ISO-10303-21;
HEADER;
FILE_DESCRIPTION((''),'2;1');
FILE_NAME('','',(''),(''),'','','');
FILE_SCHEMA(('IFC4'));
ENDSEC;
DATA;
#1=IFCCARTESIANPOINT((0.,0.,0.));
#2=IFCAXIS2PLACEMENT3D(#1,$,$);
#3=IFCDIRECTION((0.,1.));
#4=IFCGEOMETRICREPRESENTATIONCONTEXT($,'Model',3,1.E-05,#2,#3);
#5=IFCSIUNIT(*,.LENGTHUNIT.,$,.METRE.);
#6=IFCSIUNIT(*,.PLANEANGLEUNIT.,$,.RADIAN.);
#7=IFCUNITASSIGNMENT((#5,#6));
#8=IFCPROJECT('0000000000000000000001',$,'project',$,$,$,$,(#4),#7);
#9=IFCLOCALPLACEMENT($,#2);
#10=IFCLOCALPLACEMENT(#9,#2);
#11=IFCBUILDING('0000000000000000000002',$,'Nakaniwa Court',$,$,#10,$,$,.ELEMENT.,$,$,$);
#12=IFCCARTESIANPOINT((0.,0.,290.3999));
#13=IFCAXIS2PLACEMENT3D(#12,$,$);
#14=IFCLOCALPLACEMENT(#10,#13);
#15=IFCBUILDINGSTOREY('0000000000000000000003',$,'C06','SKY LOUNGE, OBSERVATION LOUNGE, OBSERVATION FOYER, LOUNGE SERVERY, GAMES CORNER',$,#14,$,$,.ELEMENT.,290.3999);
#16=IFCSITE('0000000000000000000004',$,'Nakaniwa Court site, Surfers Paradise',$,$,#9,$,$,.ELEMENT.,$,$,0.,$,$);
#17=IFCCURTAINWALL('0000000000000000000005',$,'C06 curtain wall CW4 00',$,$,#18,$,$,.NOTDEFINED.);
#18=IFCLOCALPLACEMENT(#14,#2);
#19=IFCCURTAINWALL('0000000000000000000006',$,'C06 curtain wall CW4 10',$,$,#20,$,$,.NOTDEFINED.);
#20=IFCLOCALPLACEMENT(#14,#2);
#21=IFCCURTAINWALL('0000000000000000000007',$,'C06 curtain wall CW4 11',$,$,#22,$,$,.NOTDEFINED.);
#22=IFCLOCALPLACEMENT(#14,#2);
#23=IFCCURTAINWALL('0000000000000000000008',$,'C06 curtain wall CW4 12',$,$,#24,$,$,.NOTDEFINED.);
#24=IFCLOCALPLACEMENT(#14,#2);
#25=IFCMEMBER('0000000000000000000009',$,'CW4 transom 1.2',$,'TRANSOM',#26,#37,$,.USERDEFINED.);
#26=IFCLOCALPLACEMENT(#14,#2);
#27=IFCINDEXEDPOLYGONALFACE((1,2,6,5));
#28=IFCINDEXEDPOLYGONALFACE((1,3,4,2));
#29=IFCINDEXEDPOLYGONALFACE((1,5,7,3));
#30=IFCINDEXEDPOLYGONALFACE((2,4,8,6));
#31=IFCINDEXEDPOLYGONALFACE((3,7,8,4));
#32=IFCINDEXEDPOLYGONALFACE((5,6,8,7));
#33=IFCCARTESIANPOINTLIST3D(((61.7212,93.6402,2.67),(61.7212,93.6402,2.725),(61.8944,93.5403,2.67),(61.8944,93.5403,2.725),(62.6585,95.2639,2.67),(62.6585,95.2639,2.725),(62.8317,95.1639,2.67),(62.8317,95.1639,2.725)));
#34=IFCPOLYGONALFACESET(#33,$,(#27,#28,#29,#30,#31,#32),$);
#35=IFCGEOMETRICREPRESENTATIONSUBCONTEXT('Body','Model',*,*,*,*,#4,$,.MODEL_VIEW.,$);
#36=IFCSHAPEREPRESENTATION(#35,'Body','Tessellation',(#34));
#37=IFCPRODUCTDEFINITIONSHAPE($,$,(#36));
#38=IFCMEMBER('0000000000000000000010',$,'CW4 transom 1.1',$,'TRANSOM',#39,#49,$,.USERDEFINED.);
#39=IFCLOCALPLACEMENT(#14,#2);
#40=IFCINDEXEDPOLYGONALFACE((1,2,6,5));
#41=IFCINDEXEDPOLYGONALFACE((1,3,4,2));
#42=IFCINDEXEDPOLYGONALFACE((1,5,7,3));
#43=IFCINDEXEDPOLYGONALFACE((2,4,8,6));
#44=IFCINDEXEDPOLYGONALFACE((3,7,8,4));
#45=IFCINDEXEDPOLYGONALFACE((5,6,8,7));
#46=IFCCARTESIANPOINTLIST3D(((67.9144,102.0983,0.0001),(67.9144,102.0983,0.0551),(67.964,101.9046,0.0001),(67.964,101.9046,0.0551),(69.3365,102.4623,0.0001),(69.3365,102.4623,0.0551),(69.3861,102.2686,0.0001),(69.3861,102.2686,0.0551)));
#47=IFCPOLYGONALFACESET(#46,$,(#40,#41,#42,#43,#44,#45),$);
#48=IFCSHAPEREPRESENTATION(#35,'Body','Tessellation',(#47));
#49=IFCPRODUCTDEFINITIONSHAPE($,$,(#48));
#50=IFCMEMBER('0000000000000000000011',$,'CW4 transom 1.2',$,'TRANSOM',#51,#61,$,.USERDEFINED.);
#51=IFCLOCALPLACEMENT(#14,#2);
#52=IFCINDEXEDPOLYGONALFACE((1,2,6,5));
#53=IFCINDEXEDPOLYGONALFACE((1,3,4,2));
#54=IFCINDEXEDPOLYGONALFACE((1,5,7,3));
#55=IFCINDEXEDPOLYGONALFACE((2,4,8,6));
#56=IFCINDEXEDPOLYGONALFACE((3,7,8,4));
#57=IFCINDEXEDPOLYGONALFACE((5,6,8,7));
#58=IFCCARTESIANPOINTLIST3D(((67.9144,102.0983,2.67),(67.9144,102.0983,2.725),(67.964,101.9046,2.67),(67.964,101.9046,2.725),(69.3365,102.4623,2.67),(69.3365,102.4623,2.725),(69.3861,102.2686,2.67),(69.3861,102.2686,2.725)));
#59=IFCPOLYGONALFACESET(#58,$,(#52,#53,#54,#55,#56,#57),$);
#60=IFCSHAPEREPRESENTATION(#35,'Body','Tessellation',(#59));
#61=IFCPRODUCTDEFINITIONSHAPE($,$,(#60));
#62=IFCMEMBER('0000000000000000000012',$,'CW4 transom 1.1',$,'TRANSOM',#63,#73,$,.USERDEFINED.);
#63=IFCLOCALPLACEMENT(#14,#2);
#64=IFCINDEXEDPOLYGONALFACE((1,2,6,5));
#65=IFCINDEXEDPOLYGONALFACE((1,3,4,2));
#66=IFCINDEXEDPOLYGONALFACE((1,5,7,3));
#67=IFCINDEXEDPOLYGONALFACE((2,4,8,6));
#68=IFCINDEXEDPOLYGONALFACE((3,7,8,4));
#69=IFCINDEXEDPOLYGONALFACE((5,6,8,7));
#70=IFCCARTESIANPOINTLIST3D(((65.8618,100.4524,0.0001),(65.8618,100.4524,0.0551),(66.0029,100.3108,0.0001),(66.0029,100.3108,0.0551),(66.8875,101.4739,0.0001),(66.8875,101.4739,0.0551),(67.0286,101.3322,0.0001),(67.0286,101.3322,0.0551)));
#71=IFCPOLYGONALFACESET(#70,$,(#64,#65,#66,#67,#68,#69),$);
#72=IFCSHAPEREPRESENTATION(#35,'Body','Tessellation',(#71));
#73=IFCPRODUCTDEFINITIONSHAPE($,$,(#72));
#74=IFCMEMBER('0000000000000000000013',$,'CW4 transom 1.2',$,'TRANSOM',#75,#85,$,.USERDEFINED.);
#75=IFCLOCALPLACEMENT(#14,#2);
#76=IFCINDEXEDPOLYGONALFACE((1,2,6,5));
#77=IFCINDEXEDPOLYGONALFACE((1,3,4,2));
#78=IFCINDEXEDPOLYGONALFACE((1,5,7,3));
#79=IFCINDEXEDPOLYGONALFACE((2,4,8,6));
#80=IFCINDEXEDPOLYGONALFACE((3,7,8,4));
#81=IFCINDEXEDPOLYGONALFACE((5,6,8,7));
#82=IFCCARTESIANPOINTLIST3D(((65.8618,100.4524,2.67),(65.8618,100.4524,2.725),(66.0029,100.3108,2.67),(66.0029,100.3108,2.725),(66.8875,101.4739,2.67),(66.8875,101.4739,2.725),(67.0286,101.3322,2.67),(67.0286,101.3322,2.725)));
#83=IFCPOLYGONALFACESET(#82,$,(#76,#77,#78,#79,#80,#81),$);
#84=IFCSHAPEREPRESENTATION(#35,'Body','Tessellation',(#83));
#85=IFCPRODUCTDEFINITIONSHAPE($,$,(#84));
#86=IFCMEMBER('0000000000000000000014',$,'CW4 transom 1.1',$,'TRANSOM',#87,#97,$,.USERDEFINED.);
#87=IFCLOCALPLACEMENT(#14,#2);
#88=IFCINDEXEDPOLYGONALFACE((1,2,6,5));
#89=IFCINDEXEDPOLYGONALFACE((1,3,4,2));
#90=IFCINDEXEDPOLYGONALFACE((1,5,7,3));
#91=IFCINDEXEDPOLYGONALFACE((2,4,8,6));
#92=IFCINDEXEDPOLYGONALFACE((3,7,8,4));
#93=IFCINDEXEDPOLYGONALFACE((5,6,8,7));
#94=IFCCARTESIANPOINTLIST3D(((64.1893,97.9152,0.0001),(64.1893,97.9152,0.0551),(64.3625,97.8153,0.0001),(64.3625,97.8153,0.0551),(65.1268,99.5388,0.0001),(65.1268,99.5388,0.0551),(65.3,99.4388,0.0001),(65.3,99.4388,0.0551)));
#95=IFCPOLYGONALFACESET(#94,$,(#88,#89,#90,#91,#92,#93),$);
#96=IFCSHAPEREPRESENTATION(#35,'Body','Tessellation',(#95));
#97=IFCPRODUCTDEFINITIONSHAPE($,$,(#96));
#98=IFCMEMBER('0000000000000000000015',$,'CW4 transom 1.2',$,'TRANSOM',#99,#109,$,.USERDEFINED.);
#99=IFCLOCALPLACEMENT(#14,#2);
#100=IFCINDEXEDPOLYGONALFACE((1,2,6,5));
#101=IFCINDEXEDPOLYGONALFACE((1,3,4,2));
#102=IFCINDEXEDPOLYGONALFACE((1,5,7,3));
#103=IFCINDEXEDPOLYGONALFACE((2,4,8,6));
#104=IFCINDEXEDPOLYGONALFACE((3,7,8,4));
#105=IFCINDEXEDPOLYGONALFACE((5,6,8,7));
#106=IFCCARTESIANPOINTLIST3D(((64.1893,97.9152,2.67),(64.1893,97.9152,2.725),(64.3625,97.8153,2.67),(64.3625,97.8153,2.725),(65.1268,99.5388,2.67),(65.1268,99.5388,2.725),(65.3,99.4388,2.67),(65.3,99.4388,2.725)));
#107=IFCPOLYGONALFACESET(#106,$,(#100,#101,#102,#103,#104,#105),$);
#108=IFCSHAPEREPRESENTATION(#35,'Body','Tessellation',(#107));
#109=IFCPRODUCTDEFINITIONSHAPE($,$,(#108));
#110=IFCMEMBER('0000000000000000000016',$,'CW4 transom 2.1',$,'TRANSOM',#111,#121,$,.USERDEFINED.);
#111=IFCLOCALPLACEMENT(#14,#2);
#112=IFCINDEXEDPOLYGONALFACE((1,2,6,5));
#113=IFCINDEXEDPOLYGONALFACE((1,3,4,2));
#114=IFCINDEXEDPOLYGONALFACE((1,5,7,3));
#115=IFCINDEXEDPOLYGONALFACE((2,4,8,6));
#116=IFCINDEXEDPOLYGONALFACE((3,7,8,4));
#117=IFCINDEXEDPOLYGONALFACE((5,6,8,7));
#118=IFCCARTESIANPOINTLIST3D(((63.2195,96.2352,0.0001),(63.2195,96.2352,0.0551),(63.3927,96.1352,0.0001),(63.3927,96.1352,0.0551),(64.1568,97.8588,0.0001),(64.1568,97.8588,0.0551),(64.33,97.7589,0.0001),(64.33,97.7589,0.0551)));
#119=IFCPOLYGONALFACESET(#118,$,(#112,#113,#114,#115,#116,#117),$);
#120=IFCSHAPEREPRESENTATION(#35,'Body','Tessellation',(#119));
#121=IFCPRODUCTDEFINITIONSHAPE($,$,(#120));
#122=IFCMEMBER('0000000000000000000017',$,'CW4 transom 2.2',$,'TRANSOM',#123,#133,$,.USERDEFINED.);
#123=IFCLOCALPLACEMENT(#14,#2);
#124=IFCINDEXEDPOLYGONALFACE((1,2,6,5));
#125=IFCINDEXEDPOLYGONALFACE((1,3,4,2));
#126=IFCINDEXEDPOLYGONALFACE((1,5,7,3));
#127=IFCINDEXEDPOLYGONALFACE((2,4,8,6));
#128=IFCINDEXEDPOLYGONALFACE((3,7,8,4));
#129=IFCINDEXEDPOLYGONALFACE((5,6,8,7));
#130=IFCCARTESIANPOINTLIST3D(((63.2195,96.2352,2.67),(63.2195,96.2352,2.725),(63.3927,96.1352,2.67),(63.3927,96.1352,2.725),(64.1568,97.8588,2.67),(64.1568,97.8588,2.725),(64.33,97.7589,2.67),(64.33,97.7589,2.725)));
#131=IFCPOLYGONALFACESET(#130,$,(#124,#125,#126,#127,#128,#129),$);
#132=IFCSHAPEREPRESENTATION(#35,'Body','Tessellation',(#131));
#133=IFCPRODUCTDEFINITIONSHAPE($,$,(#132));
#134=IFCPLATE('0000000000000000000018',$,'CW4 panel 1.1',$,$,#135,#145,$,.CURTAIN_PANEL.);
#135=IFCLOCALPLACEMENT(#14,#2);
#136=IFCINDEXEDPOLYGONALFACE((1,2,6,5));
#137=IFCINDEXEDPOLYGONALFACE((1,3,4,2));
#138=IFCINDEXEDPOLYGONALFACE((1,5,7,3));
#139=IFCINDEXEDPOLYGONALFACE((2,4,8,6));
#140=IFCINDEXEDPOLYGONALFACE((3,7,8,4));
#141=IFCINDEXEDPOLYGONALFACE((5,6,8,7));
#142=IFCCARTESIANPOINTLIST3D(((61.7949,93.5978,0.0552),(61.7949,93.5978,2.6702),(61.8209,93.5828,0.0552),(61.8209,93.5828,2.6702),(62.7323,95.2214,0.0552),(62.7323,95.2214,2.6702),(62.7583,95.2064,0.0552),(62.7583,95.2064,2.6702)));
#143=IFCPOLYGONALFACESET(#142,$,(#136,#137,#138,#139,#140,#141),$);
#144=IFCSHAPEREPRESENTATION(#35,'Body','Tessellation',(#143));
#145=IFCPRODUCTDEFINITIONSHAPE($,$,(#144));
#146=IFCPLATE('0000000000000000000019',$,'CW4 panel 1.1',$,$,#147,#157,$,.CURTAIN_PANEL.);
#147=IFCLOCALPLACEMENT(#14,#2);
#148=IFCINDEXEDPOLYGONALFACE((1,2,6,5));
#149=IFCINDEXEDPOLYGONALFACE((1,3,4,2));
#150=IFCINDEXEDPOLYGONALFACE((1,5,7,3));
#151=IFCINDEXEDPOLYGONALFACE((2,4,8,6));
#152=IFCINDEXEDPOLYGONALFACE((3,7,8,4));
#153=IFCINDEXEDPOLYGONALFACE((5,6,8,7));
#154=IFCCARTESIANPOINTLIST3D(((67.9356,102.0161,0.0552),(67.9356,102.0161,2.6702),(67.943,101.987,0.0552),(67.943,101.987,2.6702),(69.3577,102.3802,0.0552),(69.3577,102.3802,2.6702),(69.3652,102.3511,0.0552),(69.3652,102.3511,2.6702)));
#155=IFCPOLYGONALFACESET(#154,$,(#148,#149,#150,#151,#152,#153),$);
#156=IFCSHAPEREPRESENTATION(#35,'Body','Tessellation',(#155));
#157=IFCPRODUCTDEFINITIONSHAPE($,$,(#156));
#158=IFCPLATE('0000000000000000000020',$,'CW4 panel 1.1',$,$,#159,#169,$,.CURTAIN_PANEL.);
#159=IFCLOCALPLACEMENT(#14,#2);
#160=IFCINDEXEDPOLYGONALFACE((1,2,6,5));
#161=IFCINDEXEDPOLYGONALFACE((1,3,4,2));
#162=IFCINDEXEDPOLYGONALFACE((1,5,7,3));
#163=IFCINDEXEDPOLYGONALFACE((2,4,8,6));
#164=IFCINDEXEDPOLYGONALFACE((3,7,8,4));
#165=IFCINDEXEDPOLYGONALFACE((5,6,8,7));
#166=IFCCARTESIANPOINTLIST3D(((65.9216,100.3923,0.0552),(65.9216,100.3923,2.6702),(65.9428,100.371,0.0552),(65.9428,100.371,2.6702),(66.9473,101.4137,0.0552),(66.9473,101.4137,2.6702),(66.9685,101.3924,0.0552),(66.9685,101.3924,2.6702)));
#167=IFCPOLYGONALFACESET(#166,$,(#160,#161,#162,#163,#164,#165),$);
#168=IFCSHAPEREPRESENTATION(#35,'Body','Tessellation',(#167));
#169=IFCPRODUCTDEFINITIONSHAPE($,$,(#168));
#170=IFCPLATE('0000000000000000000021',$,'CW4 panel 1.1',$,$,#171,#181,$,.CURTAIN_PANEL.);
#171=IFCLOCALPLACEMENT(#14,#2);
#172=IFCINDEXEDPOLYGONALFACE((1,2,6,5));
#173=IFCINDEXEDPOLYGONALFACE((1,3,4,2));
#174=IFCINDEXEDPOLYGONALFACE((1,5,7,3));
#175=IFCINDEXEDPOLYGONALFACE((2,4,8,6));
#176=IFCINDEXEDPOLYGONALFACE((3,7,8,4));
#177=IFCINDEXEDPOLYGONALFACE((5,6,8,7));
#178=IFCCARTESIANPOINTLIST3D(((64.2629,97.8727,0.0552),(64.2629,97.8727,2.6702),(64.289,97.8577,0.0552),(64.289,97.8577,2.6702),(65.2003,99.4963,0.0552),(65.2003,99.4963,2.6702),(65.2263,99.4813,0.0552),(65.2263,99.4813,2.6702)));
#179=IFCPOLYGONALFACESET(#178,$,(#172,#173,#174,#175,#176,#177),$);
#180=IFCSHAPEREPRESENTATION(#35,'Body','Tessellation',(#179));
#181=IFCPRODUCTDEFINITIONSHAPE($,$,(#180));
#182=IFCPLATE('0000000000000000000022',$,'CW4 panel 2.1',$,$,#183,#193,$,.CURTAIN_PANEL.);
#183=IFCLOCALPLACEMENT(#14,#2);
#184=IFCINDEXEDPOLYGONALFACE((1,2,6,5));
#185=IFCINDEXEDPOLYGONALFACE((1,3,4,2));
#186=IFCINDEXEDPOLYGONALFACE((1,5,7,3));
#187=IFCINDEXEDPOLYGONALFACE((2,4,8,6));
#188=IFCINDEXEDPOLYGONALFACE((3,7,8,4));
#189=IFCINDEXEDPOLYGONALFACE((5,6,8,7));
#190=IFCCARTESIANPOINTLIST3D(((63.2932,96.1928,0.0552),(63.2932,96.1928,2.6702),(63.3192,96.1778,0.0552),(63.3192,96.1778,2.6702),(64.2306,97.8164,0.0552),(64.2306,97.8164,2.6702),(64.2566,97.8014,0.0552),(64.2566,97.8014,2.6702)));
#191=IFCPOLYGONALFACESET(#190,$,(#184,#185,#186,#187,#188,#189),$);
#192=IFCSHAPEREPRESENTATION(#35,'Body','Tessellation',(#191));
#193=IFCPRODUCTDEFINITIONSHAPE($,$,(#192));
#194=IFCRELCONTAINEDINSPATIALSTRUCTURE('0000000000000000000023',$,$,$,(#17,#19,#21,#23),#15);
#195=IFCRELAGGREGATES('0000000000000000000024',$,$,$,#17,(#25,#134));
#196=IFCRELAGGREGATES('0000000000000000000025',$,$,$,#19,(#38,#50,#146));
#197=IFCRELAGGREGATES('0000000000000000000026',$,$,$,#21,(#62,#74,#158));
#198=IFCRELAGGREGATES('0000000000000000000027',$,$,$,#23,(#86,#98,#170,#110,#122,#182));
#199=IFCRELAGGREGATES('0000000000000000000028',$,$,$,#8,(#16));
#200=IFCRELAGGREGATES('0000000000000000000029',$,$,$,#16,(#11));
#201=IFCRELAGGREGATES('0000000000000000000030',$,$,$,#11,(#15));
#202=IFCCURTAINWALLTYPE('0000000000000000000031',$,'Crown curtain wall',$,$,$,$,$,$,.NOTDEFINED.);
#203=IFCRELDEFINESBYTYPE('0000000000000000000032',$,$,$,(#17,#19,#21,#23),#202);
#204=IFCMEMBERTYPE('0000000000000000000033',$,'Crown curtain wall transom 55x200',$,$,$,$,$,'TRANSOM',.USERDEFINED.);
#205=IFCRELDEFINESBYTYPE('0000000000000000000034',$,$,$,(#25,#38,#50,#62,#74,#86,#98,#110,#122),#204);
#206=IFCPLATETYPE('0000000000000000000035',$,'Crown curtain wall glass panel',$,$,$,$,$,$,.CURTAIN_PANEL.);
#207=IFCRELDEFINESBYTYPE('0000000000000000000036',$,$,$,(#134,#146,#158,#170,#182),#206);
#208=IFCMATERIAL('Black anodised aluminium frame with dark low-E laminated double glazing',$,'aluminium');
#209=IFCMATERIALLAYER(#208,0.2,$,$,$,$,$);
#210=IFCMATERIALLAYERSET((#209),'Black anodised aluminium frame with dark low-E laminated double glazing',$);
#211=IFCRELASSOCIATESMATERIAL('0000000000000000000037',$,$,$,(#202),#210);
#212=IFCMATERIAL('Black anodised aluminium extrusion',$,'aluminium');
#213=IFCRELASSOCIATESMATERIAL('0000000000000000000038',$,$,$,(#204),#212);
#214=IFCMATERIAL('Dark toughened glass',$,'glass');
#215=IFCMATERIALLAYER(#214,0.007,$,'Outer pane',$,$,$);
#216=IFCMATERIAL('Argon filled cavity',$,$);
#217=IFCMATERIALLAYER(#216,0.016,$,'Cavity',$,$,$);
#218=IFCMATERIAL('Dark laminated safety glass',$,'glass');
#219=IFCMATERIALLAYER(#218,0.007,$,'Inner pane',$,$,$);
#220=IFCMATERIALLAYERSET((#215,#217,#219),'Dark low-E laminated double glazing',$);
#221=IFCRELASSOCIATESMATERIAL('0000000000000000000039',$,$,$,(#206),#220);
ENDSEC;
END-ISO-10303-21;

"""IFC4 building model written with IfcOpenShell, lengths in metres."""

from ifc_helpers import new_model, si_unit, direction, frame, origin, origin_2d, place, context, subcontext, project, spatial, rectangle, extrude, material, layer, layer_set, material_profile, profile_set, type_object, element, aggregate, save


model = new_model("IFC4")

# Units and contexts
model_context = context("Model", 3, precision=1e-05, world=origin(), true_north=direction((0.0, 1.0)))
body_context = subcontext(model_context, "Body", "Model", "MODEL_VIEW")
ifc_project = project(units=[si_unit("LENGTHUNIT", "METRE"), si_unit("PLANEANGLEUNIT", "RADIAN")], contexts=[model_context])

# Site, building, storey
site_placement = place(None, origin())
site = spatial("IfcSite", under=ifc_project, at=site_placement, Name="Nakaniwa Court site, Surfers Paradise", CompositionType="ELEMENT", RefElevation=0.0)
building_placement = place(site_placement, origin())
building = spatial("IfcBuilding", under=site, at=building_placement, Name="Nakaniwa Court", CompositionType="ELEMENT")
storey_placement = place(building_placement, frame((0.0, 0.0, 290.3999)))
storey = spatial("IfcBuildingStorey", under=building, at=storey_placement, Name="C06", Description="SKY LOUNGE, OBSERVATION LOUNGE, OBSERVATION FOYER, LOUNGE SERVERY, GAMES CORNER", CompositionType="ELEMENT", Elevation=290.3999)

# Curtain wall
ifc_material_1 = material(Name="Black anodised aluminium frame with dark low-E laminated double glazing", Category="aluminium")
ifc_layer_1 = layer(ifc_material_1, 0.2)
ifc_layer_set_1 = layer_set([ifc_layer_1], Name="Black anodised aluminium frame with dark low-E laminated double glazing")
curtain_wall_type = type_object("IfcCurtainWallType", Name="Crown curtain wall", PredefinedType="NOTDEFINED", material=ifc_layer_set_1)
curtain_wall_1_placement = place(storey_placement, origin())
curtain_wall_1 = element("IfcCurtainWall", 1, at=curtain_wall_1_placement, inside=storey, type_object=curtain_wall_type, Name="C06 curtain wall CW4 00", PredefinedType="NOTDEFINED")
ifc_material_2 = material(Name="Black anodised aluminium extrusion", Category="aluminium")

# Curtain walls
curtain_wall_2_placement = place(storey_placement, origin())
curtain_wall_2 = element("IfcCurtainWall", 2, at=curtain_wall_2_placement, inside=storey, type_object=curtain_wall_type, Name="C06 curtain wall CW4 10", PredefinedType="NOTDEFINED")
curtain_wall_3_placement = place(storey_placement, origin())
curtain_wall_3 = element("IfcCurtainWall", 3, at=curtain_wall_3_placement, inside=storey, type_object=curtain_wall_type, Name="C06 curtain wall CW4 11", PredefinedType="NOTDEFINED")
curtain_wall_4_placement = place(storey_placement, origin())
curtain_wall_4 = element("IfcCurtainWall", 4, at=curtain_wall_4_placement, inside=storey, type_object=curtain_wall_type, Name="C06 curtain wall CW4 12", PredefinedType="NOTDEFINED")

# Members
ifc_material_profile_1 = material_profile(ifc_material_2, rectangle(XDim=0.2, YDim=0.0549, at=origin_2d()), Name="Crown curtain wall transom 55x200")
ifc_profile_set_1 = profile_set([ifc_material_profile_1], Name="Black anodised aluminium extrusion")
member_type_1 = type_object("IfcMemberType", Name="Crown curtain wall transom 55x200", ElementType="TRANSOM", PredefinedType="USERDEFINED", material=ifc_profile_set_1)
member_1_placement = place(storey_placement, frame((62.7451, 95.2139, 2.6975), z_axis=(-0.499963, -0.866047, 0.0), x_axis=(0.866047, -0.499963, 0.0)))
member_1 = element("IfcMember", 5, at=member_1_placement, type_object=member_type_1, Name="CW4 transom 1.2", ObjectType="TRANSOM", PredefinedType="USERDEFINED", context=body_context, shape_type="SweptSolid", body=[
    extrude(rectangle(XDim=0.2, YDim=0.0549, at=origin_2d()), origin(), (0.0, 0.0, 1.0), 1.8748),
])
member_2_placement = place(storey_placement, frame((69.3613, 102.3655, 0.0276), z_axis=(-0.968767, -0.247971, 0.0), x_axis=(0.247971, -0.968767, 0.0)))
member_2 = element("IfcMember", 6, at=member_2_placement, type_object=member_type_1, Name="CW4 transom 1.1", ObjectType="TRANSOM", PredefinedType="USERDEFINED", context=body_context, shape_type="SweptSolid", body=[
    extrude(rectangle(XDim=0.2, YDim=0.0549, at=origin_2d()), origin(), (0.0, 0.0, 1.0), 1.468),
])
member_3_placement = place(storey_placement, frame((69.3613, 102.3655, 2.6975), z_axis=(-0.968767, -0.247971, 0.0), x_axis=(0.247971, -0.968767, 0.0)))
member_3 = element("IfcMember", 7, at=member_3_placement, type_object=member_type_1, Name="CW4 transom 1.2", ObjectType="TRANSOM", PredefinedType="USERDEFINED", context=body_context, shape_type="SweptSolid", body=[
    extrude(rectangle(XDim=0.2, YDim=0.0549, at=origin_2d()), origin(), (0.0, 0.0, 1.0), 1.468),
])
member_4_placement = place(storey_placement, frame((66.958, 101.4031, 0.0276), z_axis=(-0.708539, -0.705672, 0.0), x_axis=(0.705672, -0.708539, 0.0)))
member_4 = element("IfcMember", 8, at=member_4_placement, type_object=member_type_1, Name="CW4 transom 1.1", ObjectType="TRANSOM", PredefinedType="USERDEFINED", context=body_context, shape_type="SweptSolid", body=[
    extrude(rectangle(XDim=0.2, YDim=0.0549, at=origin_2d()), origin(), (0.0, 0.0, 1.0), 1.4475),
])
member_5_placement = place(storey_placement, frame((66.958, 101.4031, 2.6975), z_axis=(-0.708539, -0.705672, 0.0), x_axis=(0.705672, -0.708539, 0.0)))
member_5 = element("IfcMember", 9, at=member_5_placement, type_object=member_type_1, Name="CW4 transom 1.2", ObjectType="TRANSOM", PredefinedType="USERDEFINED", context=body_context, shape_type="SweptSolid", body=[
    extrude(rectangle(XDim=0.2, YDim=0.0549, at=origin_2d()), origin(), (0.0, 0.0, 1.0), 1.4475),
])
member_6_placement = place(storey_placement, frame((65.2134, 99.4888, 0.0276), z_axis=(-0.500061, -0.86599, 0.0), x_axis=(0.86599, -0.500061, 0.0)))
member_6 = element("IfcMember", 10, at=member_6_placement, type_object=member_type_1, Name="CW4 transom 1.1", ObjectType="TRANSOM", PredefinedType="USERDEFINED", context=body_context, shape_type="SweptSolid", body=[
    extrude(rectangle(XDim=0.2, YDim=0.0549, at=origin_2d()), origin(), (0.0, 0.0, 1.0), 1.8748),
])
member_7_placement = place(storey_placement, frame((65.2134, 99.4888, 2.6975), z_axis=(-0.500061, -0.86599, 0.0), x_axis=(0.86599, -0.500061, 0.0)))
member_7 = element("IfcMember", 11, at=member_7_placement, type_object=member_type_1, Name="CW4 transom 1.2", ObjectType="TRANSOM", PredefinedType="USERDEFINED", context=body_context, shape_type="SweptSolid", body=[
    extrude(rectangle(XDim=0.2, YDim=0.0549, at=origin_2d()), origin(), (0.0, 0.0, 1.0), 1.8748),
])
member_8_placement = place(storey_placement, frame((64.2434, 97.8088, 0.0276), z_axis=(-0.499963, -0.866047, 0.0), x_axis=(0.866047, -0.499963, 0.0)))
member_8 = element("IfcMember", 12, at=member_8_placement, type_object=member_type_1, Name="CW4 transom 2.1", ObjectType="TRANSOM", PredefinedType="USERDEFINED", context=body_context, shape_type="SweptSolid", body=[
    extrude(rectangle(XDim=0.2, YDim=0.0549, at=origin_2d()), origin(), (0.0, 0.0, 1.0), 1.8748),
])
member_9_placement = place(storey_placement, frame((64.2434, 97.8088, 2.6975), z_axis=(-0.499963, -0.866047, 0.0), x_axis=(0.866047, -0.499963, 0.0)))
member_9 = element("IfcMember", 13, at=member_9_placement, type_object=member_type_1, Name="CW4 transom 2.2", ObjectType="TRANSOM", PredefinedType="USERDEFINED", context=body_context, shape_type="SweptSolid", body=[
    extrude(rectangle(XDim=0.2, YDim=0.0549, at=origin_2d()), origin(), (0.0, 0.0, 1.0), 1.8748),
])

# Plates
ifc_material_3 = material(Name="Dark toughened glass", Category="glass")
ifc_layer_2 = layer(ifc_material_3, 0.007, Name="Outer pane")
ifc_material_4 = material(Name="Argon filled cavity")
ifc_layer_3 = layer(ifc_material_4, 0.016, Name="Cavity")
ifc_material_5 = material(Name="Dark laminated safety glass", Category="glass")
ifc_layer_4 = layer(ifc_material_5, 0.007, Name="Inner pane")
ifc_layer_set_2 = layer_set([ifc_layer_2, ifc_layer_3, ifc_layer_4], Name="Dark low-E laminated double glazing")
plate_type = type_object("IfcPlateType", Name="Crown curtain wall glass panel", PredefinedType="CURTAIN_PANEL", material=ifc_layer_set_2)
plate_1_placement = place(storey_placement, frame((62.2766, 94.4021, 0.0552), z_axis=(0.0, 0.0, 1.0), x_axis=(-0.499987, -0.866033, 0.0)))
plate_1 = element("IfcPlate", 14, at=plate_1_placement, type_object=plate_type, Name="CW4 panel 1.1", PredefinedType="CURTAIN_PANEL", context=body_context, shape_type="SweptSolid", body=[
    extrude(rectangle(XDim=1.8748, YDim=0.03, at=origin_2d()), origin(), (0.0, 0.0, 1.0), 2.615),
])
aggregate(curtain_wall_1, [member_1, plate_1])
plate_2_placement = place(storey_placement, frame((68.6504, 102.1836, 0.0552), z_axis=(0.0, 0.0, 1.0), x_axis=(-0.968746, -0.248053, 0.0)))
plate_2 = element("IfcPlate", 15, at=plate_2_placement, type_object=plate_type, Name="CW4 panel 1.1", PredefinedType="CURTAIN_PANEL", context=body_context, shape_type="SweptSolid", body=[
    extrude(rectangle(XDim=1.468, YDim=0.03, at=origin_2d()), origin(), (0.0, 0.0, 1.0), 2.615),
])
aggregate(curtain_wall_2, [member_2, member_3, plate_2])
plate_3_placement = place(storey_placement, frame((66.4451, 100.8923, 0.0552), z_axis=(0.0, 0.0, 1.0), x_axis=(-0.708563, -0.705647, 0.0)))
plate_3 = element("IfcPlate", 16, at=plate_3_placement, type_object=plate_type, Name="CW4 panel 1.1", PredefinedType="CURTAIN_PANEL", context=body_context, shape_type="SweptSolid", body=[
    extrude(rectangle(XDim=1.4475, YDim=0.03, at=origin_2d()), origin(), (0.0, 0.0, 1.0), 2.615),
])
aggregate(curtain_wall_3, [member_4, member_5, plate_3])
plate_4_placement = place(storey_placement, frame((64.7446, 98.677, 0.0552), z_axis=(0.0, 0.0, 1.0), x_axis=(-0.499987, -0.866033, 0.0)))
plate_4 = element("IfcPlate", 17, at=plate_4_placement, type_object=plate_type, Name="CW4 panel 1.1", PredefinedType="CURTAIN_PANEL", context=body_context, shape_type="SweptSolid", body=[
    extrude(rectangle(XDim=1.8748, YDim=0.03, at=origin_2d()), origin(), (0.0, 0.0, 1.0), 2.615),
])
plate_5_placement = place(storey_placement, frame((63.7749, 96.9971, 0.0552), z_axis=(0.0, 0.0, 1.0), x_axis=(-0.499987, -0.866033, 0.0)))
plate_5 = element("IfcPlate", 18, at=plate_5_placement, type_object=plate_type, Name="CW4 panel 2.1", PredefinedType="CURTAIN_PANEL", context=body_context, shape_type="SweptSolid", body=[
    extrude(rectangle(XDim=1.8748, YDim=0.03, at=origin_2d()), origin(), (0.0, 0.0, 1.0), 2.615),
])
aggregate(curtain_wall_4, [member_6, member_7, plate_4, member_8, member_9, plate_5])

save(model, "model.ifc")
